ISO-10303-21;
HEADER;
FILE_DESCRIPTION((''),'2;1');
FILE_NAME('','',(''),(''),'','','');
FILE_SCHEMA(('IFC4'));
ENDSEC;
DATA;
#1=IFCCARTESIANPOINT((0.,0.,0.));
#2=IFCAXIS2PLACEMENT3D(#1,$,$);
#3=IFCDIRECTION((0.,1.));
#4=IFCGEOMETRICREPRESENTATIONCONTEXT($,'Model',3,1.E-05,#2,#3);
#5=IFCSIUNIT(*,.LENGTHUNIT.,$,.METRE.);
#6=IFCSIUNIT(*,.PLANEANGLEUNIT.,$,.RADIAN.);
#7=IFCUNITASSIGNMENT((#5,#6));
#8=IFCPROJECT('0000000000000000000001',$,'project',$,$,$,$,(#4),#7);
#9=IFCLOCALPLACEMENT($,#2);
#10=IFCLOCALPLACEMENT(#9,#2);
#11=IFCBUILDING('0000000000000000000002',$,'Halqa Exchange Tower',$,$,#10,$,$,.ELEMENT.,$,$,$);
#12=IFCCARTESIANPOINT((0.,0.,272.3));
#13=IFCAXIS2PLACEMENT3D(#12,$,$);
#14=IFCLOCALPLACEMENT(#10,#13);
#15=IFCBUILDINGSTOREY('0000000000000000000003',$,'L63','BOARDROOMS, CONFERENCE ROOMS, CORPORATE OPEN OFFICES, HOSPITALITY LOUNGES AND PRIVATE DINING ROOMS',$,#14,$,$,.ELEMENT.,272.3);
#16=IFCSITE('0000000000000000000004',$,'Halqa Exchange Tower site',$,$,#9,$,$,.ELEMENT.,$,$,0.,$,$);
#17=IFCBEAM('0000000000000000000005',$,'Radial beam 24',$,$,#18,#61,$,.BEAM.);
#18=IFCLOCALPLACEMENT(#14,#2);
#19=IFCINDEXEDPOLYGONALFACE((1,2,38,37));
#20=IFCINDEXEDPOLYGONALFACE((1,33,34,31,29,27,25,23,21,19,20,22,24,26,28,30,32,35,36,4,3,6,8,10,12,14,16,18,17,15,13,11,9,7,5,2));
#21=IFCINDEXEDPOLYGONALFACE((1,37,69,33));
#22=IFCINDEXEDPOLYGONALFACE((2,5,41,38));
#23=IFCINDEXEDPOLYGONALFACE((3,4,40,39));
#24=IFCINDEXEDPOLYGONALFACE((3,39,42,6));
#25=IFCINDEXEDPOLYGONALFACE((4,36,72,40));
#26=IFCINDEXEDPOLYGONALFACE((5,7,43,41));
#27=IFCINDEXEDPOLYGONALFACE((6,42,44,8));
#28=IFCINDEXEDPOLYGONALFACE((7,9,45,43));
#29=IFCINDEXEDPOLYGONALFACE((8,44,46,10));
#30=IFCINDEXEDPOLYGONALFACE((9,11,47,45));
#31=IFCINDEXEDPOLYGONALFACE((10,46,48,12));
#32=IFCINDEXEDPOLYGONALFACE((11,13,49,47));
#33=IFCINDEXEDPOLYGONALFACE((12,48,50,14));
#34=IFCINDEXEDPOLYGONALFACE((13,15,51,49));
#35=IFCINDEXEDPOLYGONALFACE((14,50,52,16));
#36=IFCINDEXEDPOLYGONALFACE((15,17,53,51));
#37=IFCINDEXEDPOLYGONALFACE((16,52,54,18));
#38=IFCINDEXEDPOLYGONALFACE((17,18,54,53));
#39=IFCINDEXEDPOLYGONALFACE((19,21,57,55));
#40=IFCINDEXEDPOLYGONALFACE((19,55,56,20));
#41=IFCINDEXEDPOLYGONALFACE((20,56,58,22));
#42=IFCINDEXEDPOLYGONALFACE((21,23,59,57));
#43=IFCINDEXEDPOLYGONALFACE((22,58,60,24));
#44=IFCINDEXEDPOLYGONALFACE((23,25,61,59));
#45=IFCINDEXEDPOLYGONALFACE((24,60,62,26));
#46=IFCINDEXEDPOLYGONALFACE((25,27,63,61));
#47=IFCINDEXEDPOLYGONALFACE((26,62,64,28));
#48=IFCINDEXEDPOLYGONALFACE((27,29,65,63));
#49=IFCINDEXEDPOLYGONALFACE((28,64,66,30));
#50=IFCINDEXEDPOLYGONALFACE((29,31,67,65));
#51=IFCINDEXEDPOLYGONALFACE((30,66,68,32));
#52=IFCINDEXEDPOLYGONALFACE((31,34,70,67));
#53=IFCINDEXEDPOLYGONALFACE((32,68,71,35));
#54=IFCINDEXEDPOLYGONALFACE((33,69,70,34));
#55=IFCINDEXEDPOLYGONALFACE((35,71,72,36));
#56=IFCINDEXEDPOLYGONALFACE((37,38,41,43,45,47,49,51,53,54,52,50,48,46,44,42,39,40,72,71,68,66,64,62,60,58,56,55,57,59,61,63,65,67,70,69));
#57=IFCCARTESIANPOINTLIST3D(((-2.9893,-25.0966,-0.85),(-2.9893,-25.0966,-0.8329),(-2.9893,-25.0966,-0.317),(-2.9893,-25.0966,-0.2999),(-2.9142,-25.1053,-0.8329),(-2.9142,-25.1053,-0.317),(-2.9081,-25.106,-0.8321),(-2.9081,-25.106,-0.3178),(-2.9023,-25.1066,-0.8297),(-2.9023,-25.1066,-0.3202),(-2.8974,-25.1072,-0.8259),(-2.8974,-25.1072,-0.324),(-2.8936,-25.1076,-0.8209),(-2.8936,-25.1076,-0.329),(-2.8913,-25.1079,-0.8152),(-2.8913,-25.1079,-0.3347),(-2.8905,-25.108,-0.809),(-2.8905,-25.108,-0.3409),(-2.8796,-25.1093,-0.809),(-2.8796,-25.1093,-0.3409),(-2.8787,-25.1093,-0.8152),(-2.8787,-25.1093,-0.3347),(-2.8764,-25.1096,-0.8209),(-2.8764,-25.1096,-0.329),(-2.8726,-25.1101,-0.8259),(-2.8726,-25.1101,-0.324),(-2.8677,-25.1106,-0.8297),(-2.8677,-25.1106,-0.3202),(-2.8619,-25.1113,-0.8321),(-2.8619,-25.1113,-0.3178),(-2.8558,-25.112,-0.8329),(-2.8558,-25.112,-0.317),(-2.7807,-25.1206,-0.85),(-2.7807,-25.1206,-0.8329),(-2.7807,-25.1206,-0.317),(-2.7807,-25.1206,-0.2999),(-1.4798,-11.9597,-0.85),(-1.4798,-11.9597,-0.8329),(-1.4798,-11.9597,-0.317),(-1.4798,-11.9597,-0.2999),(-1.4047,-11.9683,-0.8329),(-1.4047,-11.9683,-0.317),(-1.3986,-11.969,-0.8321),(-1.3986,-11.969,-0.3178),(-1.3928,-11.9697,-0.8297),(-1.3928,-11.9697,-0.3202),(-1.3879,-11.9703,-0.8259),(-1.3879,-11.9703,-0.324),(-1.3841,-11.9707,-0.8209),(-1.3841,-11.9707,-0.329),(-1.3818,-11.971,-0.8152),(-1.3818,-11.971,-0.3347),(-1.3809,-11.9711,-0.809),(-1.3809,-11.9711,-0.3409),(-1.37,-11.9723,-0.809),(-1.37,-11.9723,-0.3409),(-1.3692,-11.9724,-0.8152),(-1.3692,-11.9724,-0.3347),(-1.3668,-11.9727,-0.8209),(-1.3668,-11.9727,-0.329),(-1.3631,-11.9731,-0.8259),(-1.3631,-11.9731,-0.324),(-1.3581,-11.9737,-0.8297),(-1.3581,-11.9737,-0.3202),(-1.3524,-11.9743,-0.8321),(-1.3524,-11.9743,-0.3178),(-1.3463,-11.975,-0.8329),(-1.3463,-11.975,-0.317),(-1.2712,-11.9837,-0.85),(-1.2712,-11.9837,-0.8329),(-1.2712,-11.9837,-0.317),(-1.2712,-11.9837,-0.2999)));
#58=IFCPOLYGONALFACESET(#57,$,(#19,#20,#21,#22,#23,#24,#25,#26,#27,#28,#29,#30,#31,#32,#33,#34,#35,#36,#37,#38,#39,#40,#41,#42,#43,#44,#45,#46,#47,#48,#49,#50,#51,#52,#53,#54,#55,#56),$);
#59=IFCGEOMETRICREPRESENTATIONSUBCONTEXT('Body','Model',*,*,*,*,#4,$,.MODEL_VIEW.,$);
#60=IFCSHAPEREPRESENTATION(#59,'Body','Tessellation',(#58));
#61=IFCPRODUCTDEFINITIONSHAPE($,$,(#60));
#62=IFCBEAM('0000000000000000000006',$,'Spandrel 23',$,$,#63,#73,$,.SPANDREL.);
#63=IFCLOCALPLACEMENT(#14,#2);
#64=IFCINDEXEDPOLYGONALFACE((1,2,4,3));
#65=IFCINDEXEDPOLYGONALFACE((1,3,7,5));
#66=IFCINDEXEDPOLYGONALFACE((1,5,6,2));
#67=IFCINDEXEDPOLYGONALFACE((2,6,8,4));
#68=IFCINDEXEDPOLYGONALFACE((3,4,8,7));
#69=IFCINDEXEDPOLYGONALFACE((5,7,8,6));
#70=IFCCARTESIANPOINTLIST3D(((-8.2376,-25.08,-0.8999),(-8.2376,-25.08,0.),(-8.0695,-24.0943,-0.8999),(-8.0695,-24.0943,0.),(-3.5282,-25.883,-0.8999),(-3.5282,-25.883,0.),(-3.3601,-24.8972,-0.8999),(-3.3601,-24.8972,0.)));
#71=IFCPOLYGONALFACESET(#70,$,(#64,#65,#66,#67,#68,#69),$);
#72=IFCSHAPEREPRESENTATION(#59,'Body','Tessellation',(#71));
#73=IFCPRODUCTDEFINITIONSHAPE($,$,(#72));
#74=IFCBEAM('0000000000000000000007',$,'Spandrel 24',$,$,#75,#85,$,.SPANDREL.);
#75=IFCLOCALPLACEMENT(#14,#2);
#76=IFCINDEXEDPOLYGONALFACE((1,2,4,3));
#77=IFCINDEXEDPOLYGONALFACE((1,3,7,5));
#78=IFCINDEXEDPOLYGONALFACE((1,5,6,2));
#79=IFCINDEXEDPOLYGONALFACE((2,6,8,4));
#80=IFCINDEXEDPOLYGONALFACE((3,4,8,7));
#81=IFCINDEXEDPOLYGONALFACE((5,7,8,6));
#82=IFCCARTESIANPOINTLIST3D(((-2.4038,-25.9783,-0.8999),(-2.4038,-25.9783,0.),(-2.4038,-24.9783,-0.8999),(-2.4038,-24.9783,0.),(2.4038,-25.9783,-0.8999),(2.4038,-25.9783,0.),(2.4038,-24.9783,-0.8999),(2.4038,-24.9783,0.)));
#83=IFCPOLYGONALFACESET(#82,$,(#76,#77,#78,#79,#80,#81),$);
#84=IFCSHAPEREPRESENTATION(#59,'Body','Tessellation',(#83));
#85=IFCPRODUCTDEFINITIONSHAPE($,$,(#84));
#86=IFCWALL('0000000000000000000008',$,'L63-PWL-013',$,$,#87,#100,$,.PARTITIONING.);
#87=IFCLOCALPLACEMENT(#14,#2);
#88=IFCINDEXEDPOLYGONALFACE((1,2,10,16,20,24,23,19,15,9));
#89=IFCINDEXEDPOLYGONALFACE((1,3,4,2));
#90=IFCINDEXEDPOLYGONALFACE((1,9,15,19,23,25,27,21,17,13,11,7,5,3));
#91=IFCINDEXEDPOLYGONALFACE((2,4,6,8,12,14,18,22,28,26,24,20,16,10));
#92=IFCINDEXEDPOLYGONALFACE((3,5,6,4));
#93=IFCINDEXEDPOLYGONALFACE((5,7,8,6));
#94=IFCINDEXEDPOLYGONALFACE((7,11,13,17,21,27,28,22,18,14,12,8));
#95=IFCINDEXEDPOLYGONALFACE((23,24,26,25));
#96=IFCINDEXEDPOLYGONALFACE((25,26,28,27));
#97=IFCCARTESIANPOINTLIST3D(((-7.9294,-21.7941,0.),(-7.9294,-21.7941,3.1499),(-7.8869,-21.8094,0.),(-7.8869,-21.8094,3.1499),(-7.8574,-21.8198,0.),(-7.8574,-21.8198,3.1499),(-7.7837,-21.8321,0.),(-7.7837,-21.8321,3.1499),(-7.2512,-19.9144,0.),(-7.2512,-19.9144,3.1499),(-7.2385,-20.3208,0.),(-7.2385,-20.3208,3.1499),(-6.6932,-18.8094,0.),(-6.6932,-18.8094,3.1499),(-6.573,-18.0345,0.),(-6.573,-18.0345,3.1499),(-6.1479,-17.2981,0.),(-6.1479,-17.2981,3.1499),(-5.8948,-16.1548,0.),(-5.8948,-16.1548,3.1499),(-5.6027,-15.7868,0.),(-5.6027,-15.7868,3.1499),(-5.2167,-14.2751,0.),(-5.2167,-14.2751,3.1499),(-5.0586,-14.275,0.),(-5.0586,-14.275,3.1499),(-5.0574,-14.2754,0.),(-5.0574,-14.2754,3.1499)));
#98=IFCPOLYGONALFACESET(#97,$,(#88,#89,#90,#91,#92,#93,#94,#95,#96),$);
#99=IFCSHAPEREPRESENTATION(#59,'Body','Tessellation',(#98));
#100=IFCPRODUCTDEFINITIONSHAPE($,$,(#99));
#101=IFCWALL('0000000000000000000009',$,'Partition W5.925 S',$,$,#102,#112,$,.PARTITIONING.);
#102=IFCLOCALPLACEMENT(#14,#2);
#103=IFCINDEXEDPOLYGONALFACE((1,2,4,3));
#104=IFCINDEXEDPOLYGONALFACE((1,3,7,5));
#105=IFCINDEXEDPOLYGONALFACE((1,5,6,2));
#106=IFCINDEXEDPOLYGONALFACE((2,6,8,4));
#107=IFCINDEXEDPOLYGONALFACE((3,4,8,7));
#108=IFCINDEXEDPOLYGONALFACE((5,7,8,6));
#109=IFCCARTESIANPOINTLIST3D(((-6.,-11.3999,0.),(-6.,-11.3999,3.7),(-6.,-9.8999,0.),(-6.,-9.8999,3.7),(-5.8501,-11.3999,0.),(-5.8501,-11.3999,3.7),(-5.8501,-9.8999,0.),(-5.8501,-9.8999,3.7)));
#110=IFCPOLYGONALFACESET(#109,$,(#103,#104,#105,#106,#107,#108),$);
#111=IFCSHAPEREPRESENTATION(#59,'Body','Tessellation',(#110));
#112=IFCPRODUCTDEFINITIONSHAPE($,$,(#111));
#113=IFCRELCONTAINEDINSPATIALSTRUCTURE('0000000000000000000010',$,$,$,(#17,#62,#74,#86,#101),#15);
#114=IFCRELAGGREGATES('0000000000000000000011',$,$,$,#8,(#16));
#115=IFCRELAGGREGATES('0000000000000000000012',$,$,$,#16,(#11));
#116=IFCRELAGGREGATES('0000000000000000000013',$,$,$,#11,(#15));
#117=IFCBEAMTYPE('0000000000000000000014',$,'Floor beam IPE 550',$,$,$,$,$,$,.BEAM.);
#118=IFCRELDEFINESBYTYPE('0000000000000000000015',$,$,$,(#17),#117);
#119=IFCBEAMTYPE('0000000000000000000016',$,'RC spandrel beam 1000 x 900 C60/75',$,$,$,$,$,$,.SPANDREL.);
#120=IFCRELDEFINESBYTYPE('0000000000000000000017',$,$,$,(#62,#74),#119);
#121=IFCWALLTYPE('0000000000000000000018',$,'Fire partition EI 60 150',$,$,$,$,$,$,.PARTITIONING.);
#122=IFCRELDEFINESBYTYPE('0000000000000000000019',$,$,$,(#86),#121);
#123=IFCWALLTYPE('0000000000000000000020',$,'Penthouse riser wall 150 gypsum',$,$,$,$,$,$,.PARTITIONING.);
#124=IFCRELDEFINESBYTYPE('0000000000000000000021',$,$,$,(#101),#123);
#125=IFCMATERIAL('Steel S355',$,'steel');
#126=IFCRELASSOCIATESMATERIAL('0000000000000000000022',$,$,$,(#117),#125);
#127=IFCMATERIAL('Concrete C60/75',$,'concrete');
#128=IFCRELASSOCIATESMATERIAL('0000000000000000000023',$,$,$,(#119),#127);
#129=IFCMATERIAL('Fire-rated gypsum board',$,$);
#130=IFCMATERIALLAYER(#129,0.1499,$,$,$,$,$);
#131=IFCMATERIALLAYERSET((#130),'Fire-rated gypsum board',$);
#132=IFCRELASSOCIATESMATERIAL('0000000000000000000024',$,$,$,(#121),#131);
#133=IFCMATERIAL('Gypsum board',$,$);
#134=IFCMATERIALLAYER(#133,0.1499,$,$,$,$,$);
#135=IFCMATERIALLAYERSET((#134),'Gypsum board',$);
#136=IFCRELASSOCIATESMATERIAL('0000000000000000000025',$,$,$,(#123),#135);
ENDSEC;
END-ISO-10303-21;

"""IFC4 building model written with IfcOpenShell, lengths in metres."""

from ifc_helpers import new_model, si_unit, direction, frame, frame_2d, origin, origin_2d, place, context, subcontext, project, spatial, polyline, rectangle, i_section, outline, extrude, material, layer, layer_set, material_profile, profile_set, type_object, element, save


model = new_model("IFC4")

# Units and contexts
model_context = context("Model", 3, precision=1e-05, world=origin(), true_north=direction((0.0, 1.0)))
body_context = subcontext(model_context, "Body", "Model", "MODEL_VIEW")
ifc_project = project(units=[si_unit("LENGTHUNIT", "METRE"), si_unit("PLANEANGLEUNIT", "RADIAN")], contexts=[model_context])

# Site, building, storey
site_placement = place(None, origin())
site = spatial("IfcSite", under=ifc_project, at=site_placement, Name="Halqa Exchange Tower site", CompositionType="ELEMENT", RefElevation=0.0)
building_placement = place(site_placement, origin())
building = spatial("IfcBuilding", under=site, at=building_placement, Name="Halqa Exchange Tower", CompositionType="ELEMENT")
storey_placement = place(building_placement, frame((0.0, 0.0, 272.3)))
storey = spatial("IfcBuildingStorey", under=building, at=storey_placement, Name="L63", Description="BOARDROOMS, CONFERENCE ROOMS, CORPORATE OPEN OFFICES, HOSPITALITY LOUNGES AND PRIVATE DINING ROOMS", CompositionType="ELEMENT", Elevation=272.3)

# Shared definitions
ifc_material_1 = material(Name="Concrete C60/75", Category="concrete")

# Beams
ifc_material_2 = material(Name="Steel S355", Category="steel")
ifc_material_profile_1 = material_profile(ifc_material_2, i_section(OverallWidth=0.21, OverallDepth=0.55, WebThickness=0.011, FlangeThickness=0.0171, FilletRadius=0.0239, at=origin_2d()), Name="IPE 550")
ifc_profile_set_1 = profile_set([ifc_material_profile_1], Name="Steel S355")
beam_type_1 = type_object("IfcBeamType", Name="Floor beam IPE 550", PredefinedType="BEAM", material=ifc_profile_set_1)
beam_1_placement = place(storey_placement, frame((-1.3755, -11.9717, -0.575), z_axis=(-0.114155, -0.993463, 0.0), x_axis=(0.993463, -0.114155, 0.0)))
element("IfcBeam", 1, at=beam_1_placement, inside=storey, type_object=beam_type_1, Name="Radial beam 24", PredefinedType="BEAM", context=body_context, shape_type="SweptSolid", body=[
    extrude(i_section(OverallWidth=0.21, OverallDepth=0.55, WebThickness=0.011, FlangeThickness=0.0171, FilletRadius=0.0239, at=origin_2d()), origin(), (0.0, 0.0, 1.0), 13.2234),
])
ifc_material_profile_2 = material_profile(ifc_material_1, rectangle(XDim=1.0, YDim=0.8999, at=origin_2d()), Name="1000 x 900")
ifc_profile_set_2 = profile_set([ifc_material_profile_2], Name="Concrete C60/75")
beam_type_2 = type_object("IfcBeamType", Name="RC spandrel beam 1000 x 900 C60/75", PredefinedType="SPANDREL", material=ifc_profile_set_2)
beam_2_placement = place(storey_placement, frame((-8.1536, -24.5872, -0.45), z_axis=(0.985774, -0.168077, 0.0), x_axis=(0.168077, 0.985774, 0.0)))
element("IfcBeam", 2, at=beam_2_placement, inside=storey, type_object=beam_type_2, Name="Spandrel 23", PredefinedType="SPANDREL", context=body_context, shape_type="SweptSolid", body=[
    extrude(rectangle(XDim=1.0, YDim=0.8999, at=origin_2d()), origin(), (0.0, 0.0, 1.0), 4.7773),
])
beam_3_placement = place(storey_placement, frame((-2.4038, -25.4783, -0.45), z_axis=(1.0, 0.0, 0.0), x_axis=(0.0, 1.0, 0.0)))
element("IfcBeam", 3, at=beam_3_placement, inside=storey, type_object=beam_type_2, Name="Spandrel 24", PredefinedType="SPANDREL", context=body_context, shape_type="SweptSolid", body=[
    extrude(rectangle(XDim=1.0, YDim=0.8999, at=origin_2d()), origin(), (0.0, 0.0, 1.0), 4.8076),
])

# Walls
ifc_material_3 = material(Name="Fire-rated gypsum board")
ifc_layer_1 = layer(ifc_material_3, 0.1499)
ifc_layer_set_1 = layer_set([ifc_layer_1], Name="Fire-rated gypsum board")
wall_type_1 = type_object("IfcWallType", Name="Fire partition EI 60 150", PredefinedType="PARTITIONING", material=ifc_layer_set_1)
wall_1_placement = place(storey_placement, frame((-5.1279, -14.25, 0.0), z_axis=(0.0, 0.0, 1.0), x_axis=(-0.339369, -0.940653, 0.0)))
element("IfcWall", 4, at=wall_1_placement, inside=storey, type_object=wall_type_1, Name="L63-PWL-013", PredefinedType="PARTITIONING", context=body_context, shape_type="SweptSolid", body=[
    extrude(outline(polyline([(8.0471, -0.075), (8.0471, -0.0298), (8.0469, 0.0015), (8.0334, 0.075), (6.4268, 0.075), (4.8201, 0.075), (3.2134, 0.075), (1.6067, 0.075), (0.0, 0.075), (0.0, 0.0737), (0.0537, -0.075), (2.052, -0.075), (4.0503, -0.075), (6.0488, -0.075), (8.0471, -0.075)])), origin(), (0.0, 0.0, 1.0), 3.1499),
])
ifc_material_4 = material(Name="Gypsum board")
ifc_layer_2 = layer(ifc_material_4, 0.1499)
ifc_layer_set_2 = layer_set([ifc_layer_2], Name="Gypsum board")
wall_type_2 = type_object("IfcWallType", Name="Penthouse riser wall 150 gypsum", PredefinedType="PARTITIONING", material=ifc_layer_set_2)
wall_2_placement = place(storey_placement, frame((-5.925, -11.3999, 0.0), z_axis=(0.0, 0.0, 1.0), x_axis=(0.0, 1.0, 0.0)))
element("IfcWall", 5, at=wall_2_placement, inside=storey, type_object=wall_type_2, Name="Partition W5.925 S", PredefinedType="PARTITIONING", context=body_context, shape_type="SweptSolid", body=[
    extrude(rectangle(XDim=1.5, YDim=0.1499, at=frame_2d((0.75, 0.0))), origin(), (0.0, 0.0, 1.0), 3.7),
])

save(model, "model.ifc")
